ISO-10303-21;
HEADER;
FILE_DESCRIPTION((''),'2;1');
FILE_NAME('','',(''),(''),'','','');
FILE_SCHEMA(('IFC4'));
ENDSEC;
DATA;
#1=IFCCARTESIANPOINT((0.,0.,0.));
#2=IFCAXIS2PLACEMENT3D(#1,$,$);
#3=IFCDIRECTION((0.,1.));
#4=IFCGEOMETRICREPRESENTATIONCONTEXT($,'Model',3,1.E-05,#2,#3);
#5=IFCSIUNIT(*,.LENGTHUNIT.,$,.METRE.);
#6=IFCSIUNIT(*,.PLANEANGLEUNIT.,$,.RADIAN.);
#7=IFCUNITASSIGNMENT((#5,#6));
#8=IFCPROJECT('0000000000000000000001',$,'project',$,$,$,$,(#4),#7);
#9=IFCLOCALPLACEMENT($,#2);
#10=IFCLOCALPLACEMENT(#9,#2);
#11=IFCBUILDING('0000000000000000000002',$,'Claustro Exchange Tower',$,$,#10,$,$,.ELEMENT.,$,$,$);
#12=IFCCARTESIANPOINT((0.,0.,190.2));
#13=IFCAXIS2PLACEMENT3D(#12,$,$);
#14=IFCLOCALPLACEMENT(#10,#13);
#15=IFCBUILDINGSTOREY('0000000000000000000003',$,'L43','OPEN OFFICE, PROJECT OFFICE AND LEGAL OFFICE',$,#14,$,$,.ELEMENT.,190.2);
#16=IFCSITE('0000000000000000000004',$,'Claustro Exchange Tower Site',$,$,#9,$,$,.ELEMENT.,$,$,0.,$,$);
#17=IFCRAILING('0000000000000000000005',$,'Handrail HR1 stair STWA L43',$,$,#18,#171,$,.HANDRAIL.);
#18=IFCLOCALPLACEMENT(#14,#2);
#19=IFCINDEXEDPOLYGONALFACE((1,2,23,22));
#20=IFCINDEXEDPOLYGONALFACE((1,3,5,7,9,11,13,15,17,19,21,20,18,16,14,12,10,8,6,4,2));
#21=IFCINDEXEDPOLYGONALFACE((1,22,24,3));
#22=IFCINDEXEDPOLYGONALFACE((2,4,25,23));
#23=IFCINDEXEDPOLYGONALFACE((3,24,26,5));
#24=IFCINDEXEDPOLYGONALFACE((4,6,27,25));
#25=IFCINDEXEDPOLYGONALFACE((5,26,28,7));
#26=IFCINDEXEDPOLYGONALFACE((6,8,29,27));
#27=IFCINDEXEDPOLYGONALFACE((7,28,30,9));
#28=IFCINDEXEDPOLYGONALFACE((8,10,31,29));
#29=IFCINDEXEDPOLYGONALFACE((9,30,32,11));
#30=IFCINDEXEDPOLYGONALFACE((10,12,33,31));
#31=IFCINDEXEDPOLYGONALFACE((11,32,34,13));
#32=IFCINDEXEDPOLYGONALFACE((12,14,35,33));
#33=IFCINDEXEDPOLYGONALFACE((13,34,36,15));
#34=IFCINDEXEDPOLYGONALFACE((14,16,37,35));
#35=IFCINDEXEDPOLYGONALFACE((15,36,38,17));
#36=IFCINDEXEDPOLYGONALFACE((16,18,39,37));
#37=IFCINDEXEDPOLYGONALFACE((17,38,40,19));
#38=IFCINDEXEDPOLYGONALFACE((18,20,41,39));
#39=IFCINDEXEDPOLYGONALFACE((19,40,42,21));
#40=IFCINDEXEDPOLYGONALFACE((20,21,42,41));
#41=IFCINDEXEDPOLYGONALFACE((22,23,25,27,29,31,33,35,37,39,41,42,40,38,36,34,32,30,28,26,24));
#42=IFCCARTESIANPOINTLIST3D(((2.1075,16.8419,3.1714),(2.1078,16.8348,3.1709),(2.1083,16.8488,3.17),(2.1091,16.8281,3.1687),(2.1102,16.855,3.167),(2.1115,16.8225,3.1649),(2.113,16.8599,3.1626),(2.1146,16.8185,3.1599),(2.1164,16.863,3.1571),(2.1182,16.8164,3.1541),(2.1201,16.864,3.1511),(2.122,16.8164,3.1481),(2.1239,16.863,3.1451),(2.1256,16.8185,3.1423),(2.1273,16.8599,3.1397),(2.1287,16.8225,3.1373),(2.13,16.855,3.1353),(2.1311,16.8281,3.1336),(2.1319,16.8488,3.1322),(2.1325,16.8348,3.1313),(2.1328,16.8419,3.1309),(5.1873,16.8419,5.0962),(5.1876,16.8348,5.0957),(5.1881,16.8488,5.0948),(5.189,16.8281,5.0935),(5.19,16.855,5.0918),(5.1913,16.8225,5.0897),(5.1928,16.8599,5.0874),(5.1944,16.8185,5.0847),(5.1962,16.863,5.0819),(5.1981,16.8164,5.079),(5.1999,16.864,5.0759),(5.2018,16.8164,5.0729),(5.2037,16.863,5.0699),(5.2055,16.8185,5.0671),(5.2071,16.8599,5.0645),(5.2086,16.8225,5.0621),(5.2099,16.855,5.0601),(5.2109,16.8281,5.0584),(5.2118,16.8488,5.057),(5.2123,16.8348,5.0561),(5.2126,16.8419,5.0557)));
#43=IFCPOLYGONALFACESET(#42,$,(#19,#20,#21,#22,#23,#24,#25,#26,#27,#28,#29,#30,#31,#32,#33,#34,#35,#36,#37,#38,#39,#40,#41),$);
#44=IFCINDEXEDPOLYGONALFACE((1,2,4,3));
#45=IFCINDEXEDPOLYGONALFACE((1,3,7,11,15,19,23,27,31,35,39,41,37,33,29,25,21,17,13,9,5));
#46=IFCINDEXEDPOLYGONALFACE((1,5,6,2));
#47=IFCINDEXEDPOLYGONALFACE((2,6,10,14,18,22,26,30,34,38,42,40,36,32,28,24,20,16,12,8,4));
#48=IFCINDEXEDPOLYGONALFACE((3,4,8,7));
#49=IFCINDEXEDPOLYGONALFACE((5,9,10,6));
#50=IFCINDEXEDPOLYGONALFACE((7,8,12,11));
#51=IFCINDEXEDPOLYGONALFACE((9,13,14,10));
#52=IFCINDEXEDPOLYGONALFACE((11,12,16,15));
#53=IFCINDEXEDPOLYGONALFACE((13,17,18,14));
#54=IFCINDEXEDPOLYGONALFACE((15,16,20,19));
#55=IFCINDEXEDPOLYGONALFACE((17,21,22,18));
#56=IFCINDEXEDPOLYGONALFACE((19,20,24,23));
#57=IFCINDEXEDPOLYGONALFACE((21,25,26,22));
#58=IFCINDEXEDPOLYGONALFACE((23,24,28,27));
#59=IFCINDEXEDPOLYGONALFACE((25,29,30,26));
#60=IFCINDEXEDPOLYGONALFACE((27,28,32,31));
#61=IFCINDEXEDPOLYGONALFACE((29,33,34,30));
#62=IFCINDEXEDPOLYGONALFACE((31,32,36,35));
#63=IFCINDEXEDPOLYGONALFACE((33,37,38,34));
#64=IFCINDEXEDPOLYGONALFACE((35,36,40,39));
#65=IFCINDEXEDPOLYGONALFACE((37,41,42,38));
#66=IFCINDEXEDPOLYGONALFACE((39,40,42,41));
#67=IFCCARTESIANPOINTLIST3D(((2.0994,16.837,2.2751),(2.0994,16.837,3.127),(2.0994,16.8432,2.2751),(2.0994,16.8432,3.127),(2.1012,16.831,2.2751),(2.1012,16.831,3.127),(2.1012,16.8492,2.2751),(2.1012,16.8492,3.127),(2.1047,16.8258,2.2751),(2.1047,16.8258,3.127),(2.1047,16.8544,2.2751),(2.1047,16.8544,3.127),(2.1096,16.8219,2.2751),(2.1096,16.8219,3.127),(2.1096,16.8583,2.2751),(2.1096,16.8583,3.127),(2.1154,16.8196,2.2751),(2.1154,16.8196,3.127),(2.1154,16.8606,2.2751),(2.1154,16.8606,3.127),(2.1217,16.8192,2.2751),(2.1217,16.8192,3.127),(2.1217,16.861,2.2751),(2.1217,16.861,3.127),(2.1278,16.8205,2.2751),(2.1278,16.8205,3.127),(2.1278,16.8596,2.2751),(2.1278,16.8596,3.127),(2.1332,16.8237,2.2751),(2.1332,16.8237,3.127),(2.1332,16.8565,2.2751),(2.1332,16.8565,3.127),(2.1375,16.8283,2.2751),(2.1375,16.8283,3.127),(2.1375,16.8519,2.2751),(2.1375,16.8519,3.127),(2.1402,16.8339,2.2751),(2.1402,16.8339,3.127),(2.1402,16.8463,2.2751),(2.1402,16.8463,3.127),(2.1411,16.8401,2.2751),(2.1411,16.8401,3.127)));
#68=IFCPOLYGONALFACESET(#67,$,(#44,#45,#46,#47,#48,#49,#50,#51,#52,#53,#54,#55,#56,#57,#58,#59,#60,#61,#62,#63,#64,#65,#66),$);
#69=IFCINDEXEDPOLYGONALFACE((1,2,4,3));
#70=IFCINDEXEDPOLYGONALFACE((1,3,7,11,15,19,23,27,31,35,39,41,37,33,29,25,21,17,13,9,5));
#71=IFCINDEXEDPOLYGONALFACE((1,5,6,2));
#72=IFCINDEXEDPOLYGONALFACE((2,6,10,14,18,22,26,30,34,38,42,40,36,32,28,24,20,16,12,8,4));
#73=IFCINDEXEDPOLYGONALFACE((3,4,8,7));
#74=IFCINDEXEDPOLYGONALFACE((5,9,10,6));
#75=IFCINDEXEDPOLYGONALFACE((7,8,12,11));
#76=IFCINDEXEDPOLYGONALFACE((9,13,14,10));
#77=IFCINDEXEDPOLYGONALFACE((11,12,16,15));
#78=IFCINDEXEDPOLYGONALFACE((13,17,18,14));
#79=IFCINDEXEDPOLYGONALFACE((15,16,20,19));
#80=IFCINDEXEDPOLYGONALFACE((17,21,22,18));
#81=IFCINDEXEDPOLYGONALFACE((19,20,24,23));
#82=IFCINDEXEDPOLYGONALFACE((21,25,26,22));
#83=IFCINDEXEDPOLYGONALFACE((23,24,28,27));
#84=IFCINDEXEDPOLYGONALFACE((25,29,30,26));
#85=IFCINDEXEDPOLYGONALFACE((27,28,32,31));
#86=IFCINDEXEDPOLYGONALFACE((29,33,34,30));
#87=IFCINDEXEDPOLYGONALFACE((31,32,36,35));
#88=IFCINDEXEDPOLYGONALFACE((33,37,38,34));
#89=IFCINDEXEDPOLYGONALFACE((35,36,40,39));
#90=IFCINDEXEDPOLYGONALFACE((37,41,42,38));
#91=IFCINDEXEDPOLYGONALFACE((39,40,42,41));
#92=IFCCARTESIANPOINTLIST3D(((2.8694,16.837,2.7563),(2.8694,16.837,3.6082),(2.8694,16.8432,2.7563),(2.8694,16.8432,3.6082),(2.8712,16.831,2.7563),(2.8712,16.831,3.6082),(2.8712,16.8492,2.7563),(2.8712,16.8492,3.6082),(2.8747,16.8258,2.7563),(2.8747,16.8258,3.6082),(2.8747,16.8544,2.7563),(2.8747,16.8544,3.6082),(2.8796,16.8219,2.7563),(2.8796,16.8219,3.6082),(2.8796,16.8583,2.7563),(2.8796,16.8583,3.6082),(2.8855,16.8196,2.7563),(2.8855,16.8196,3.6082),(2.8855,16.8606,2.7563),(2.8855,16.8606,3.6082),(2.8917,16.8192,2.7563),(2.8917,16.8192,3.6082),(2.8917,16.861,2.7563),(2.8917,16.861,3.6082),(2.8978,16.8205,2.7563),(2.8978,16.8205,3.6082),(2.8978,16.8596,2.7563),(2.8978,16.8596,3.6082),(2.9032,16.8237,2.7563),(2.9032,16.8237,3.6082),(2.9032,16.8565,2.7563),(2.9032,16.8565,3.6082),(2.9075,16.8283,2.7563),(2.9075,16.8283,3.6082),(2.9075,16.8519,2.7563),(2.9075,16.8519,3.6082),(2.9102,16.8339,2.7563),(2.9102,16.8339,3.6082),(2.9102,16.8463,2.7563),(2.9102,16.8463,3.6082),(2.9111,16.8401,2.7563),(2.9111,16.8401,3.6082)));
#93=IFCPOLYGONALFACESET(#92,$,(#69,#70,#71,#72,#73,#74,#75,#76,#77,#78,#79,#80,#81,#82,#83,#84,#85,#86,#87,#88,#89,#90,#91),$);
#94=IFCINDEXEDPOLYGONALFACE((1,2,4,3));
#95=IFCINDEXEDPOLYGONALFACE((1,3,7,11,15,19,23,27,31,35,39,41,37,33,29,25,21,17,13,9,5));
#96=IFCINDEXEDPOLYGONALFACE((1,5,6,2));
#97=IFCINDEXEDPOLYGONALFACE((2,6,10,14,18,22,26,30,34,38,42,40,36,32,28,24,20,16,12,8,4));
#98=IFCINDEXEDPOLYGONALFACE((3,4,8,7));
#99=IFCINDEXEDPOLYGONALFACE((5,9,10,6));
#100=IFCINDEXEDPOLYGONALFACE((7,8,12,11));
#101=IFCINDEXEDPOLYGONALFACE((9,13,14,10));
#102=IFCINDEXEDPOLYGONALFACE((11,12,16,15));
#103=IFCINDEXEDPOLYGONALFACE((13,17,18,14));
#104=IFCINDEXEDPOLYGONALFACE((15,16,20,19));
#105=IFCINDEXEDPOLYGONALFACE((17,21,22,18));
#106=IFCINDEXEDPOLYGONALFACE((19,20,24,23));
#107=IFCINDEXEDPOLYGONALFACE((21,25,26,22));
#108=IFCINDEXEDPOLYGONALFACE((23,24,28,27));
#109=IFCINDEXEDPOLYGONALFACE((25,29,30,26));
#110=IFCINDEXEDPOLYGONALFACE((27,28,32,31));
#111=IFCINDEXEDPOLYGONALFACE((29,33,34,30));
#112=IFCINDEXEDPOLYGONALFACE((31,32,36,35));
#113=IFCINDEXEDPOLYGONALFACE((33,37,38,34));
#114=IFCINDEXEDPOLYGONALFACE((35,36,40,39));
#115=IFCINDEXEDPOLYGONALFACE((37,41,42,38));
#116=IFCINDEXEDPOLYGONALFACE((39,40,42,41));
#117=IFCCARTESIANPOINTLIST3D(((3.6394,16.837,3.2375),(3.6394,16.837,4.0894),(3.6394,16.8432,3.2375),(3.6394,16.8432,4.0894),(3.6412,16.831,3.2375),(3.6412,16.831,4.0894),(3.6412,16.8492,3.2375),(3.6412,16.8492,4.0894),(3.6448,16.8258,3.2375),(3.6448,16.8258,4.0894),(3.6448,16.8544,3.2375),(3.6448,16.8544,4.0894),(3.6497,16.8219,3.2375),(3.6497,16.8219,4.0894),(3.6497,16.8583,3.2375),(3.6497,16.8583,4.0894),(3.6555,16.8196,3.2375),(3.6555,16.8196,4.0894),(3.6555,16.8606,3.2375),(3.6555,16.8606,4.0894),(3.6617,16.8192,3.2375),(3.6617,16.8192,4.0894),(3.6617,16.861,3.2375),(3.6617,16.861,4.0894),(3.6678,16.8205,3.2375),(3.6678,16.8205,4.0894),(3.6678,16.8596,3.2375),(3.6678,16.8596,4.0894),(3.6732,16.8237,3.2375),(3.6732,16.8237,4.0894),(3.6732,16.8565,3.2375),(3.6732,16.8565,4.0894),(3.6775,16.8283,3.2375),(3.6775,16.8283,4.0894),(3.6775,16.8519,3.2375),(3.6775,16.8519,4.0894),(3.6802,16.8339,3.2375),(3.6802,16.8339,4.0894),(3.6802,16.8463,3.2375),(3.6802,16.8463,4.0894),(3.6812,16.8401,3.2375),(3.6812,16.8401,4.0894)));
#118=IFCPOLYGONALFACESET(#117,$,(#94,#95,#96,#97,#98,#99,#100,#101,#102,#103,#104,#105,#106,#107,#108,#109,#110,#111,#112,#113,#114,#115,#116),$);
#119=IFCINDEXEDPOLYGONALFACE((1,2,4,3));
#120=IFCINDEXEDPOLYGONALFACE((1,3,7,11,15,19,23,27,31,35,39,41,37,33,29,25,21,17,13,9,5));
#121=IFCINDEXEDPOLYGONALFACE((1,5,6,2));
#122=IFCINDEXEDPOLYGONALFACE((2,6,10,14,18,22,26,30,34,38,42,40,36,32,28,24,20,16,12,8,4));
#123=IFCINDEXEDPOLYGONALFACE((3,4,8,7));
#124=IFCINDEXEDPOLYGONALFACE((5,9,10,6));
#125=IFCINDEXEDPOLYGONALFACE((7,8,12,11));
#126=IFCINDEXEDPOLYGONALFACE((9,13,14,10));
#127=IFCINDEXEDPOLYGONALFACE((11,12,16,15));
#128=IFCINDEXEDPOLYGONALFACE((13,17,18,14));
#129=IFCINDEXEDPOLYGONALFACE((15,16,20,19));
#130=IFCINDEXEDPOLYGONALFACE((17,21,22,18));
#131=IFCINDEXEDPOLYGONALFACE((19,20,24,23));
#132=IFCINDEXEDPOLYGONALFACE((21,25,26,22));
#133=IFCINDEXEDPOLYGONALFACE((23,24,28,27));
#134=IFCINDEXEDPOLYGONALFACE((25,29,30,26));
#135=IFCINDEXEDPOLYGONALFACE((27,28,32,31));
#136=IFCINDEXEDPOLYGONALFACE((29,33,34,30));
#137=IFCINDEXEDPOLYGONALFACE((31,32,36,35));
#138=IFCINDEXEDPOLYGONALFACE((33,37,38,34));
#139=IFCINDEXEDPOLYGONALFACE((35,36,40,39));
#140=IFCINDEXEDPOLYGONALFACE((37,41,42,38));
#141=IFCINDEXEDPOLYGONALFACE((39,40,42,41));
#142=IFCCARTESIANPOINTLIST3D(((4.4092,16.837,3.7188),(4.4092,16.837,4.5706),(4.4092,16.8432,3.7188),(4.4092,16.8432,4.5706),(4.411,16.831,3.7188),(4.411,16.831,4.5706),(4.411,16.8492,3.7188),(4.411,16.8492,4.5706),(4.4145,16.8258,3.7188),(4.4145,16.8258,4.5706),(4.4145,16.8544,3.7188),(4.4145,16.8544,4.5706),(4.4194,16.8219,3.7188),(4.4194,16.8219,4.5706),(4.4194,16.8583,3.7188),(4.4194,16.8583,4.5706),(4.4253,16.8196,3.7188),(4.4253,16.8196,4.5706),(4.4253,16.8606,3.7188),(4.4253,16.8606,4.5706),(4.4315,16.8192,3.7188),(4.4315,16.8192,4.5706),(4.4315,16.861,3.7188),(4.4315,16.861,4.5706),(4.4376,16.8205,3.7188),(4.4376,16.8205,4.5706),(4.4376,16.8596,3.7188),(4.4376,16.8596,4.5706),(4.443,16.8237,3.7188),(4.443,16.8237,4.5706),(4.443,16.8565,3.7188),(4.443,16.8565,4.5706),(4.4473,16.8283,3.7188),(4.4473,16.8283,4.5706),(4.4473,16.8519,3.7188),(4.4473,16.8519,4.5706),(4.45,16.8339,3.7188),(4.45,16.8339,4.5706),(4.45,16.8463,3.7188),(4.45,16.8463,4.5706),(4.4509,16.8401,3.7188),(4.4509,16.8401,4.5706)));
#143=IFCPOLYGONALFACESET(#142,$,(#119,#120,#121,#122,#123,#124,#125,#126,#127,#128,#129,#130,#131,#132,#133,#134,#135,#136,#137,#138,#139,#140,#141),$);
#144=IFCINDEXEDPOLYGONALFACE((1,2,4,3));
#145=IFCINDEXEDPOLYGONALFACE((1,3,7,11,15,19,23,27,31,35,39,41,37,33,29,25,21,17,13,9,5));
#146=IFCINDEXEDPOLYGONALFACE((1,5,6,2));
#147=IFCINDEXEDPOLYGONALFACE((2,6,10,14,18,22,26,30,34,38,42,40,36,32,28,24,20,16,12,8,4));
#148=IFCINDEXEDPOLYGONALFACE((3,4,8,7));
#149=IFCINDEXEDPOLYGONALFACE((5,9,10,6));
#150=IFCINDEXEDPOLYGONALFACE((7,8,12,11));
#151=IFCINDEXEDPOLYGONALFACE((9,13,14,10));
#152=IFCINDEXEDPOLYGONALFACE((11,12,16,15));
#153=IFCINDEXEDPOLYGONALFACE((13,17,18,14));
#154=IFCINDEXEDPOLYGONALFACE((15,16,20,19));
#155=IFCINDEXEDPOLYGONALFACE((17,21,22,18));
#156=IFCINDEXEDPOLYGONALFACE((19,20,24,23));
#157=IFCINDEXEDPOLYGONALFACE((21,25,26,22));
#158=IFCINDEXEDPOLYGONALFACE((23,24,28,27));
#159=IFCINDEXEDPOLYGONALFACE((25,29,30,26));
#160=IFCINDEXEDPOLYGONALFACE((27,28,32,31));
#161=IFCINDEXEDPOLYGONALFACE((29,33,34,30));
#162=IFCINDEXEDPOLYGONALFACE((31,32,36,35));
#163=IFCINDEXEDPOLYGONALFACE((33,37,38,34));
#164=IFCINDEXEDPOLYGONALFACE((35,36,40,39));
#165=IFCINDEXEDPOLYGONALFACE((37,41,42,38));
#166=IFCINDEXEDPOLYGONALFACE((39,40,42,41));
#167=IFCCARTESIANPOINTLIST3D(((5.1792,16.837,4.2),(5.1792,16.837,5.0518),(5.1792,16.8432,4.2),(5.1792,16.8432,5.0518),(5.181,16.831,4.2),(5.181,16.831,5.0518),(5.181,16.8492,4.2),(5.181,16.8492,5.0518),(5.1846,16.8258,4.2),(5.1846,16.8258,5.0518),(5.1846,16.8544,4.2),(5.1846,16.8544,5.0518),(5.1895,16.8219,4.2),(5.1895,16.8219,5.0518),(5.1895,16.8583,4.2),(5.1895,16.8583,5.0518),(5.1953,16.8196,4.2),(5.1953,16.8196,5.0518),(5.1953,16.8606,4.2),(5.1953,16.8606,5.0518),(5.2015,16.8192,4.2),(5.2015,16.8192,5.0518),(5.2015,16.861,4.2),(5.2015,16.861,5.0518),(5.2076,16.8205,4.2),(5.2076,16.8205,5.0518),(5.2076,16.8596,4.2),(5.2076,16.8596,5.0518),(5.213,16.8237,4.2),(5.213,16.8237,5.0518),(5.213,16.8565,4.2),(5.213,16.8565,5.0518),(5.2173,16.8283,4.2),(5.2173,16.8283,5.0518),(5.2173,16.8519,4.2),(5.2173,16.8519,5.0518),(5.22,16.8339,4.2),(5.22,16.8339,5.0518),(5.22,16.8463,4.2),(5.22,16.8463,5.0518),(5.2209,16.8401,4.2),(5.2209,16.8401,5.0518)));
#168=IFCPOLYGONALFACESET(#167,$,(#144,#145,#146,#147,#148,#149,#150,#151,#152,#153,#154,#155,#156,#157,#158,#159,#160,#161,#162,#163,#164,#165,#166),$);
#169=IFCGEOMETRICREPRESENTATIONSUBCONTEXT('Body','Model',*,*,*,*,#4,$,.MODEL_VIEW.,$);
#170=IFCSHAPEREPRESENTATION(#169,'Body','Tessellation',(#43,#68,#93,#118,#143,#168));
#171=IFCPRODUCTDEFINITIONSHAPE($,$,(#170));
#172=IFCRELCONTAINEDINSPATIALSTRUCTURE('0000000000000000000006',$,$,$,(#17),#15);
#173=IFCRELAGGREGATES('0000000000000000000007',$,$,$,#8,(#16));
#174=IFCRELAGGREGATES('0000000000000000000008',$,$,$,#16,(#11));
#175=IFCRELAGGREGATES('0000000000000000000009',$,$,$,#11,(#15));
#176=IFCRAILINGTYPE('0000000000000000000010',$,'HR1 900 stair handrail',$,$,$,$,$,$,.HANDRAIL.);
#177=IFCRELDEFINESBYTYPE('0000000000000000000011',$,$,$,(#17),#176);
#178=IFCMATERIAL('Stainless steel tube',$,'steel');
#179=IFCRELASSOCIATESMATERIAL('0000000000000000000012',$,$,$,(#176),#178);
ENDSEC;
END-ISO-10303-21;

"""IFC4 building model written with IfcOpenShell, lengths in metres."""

from ifc_helpers import new_model, si_unit, direction, frame, origin, origin_2d, place, context, subcontext, project, spatial, circle, extrude, material, type_object, element, save


model = new_model("IFC4")

# Units and contexts
model_context = context("Model", 3, precision=1e-05, world=origin(), true_north=direction((0.0, 1.0)))
body_context = subcontext(model_context, "Body", "Model", "MODEL_VIEW")
ifc_project = project(units=[si_unit("LENGTHUNIT", "METRE"), si_unit("PLANEANGLEUNIT", "RADIAN")], contexts=[model_context])

# Site, building, storey
site_placement = place(None, origin())
site = spatial("IfcSite", under=ifc_project, at=site_placement, Name="Claustro Exchange Tower Site", CompositionType="ELEMENT", RefElevation=0.0)
building_placement = place(site_placement, origin())
building = spatial("IfcBuilding", under=site, at=building_placement, Name="Claustro Exchange Tower", CompositionType="ELEMENT")
storey_placement = place(building_placement, frame((0.0, 0.0, 190.2)))
storey = spatial("IfcBuildingStorey", under=building, at=storey_placement, Name="L43", Description="OPEN OFFICE, PROJECT OFFICE AND LEGAL OFFICE", CompositionType="ELEMENT", Elevation=190.2)

# Railing
ifc_material_1 = material(Name="Stainless steel tube", Category="steel")
railing_type_1 = type_object("IfcRailingType", Name="HR1 900 stair handrail", PredefinedType="HANDRAIL", material=ifc_material_1)
railing_1_placement = place(storey_placement, frame((2.1201, 16.8401, 2.2751)))
element("IfcRailing", 1, at=railing_1_placement, inside=storey, type_object=railing_type_1, Name="Handrail HR1 stair STWA L43", PredefinedType="HANDRAIL", context=body_context, shape_type="SweptSolid", body=[
    extrude(circle(Radius=0.0239, at=origin_2d()), frame((0.0, 0.0, 0.876), z_axis=(0.84801, 0.0, 0.529981), x_axis=(0.0, 1.0, 0.0)), (0.0, 0.0, 1.0), 3.6318),
    extrude(circle(Radius=0.021, at=origin_2d()), origin(), (0.0, 0.0, 1.0), 0.8518),
    extrude(circle(Radius=0.021, at=origin_2d()), frame((0.77, 0.0, 0.4812)), (0.0, 0.0, 1.0), 0.8518),
    extrude(circle(Radius=0.021, at=origin_2d()), frame((1.54, 0.0, 0.9624)), (0.0, 0.0, 1.0), 0.8518),
    extrude(circle(Radius=0.021, at=origin_2d()), frame((2.3098, 0.0, 1.4436)), (0.0, 0.0, 1.0), 0.8518),
    extrude(circle(Radius=0.021, at=origin_2d()), frame((3.0798, 0.0, 1.9248)), (0.0, 0.0, 1.0), 0.8518),
])

save(model, "model.ifc")
